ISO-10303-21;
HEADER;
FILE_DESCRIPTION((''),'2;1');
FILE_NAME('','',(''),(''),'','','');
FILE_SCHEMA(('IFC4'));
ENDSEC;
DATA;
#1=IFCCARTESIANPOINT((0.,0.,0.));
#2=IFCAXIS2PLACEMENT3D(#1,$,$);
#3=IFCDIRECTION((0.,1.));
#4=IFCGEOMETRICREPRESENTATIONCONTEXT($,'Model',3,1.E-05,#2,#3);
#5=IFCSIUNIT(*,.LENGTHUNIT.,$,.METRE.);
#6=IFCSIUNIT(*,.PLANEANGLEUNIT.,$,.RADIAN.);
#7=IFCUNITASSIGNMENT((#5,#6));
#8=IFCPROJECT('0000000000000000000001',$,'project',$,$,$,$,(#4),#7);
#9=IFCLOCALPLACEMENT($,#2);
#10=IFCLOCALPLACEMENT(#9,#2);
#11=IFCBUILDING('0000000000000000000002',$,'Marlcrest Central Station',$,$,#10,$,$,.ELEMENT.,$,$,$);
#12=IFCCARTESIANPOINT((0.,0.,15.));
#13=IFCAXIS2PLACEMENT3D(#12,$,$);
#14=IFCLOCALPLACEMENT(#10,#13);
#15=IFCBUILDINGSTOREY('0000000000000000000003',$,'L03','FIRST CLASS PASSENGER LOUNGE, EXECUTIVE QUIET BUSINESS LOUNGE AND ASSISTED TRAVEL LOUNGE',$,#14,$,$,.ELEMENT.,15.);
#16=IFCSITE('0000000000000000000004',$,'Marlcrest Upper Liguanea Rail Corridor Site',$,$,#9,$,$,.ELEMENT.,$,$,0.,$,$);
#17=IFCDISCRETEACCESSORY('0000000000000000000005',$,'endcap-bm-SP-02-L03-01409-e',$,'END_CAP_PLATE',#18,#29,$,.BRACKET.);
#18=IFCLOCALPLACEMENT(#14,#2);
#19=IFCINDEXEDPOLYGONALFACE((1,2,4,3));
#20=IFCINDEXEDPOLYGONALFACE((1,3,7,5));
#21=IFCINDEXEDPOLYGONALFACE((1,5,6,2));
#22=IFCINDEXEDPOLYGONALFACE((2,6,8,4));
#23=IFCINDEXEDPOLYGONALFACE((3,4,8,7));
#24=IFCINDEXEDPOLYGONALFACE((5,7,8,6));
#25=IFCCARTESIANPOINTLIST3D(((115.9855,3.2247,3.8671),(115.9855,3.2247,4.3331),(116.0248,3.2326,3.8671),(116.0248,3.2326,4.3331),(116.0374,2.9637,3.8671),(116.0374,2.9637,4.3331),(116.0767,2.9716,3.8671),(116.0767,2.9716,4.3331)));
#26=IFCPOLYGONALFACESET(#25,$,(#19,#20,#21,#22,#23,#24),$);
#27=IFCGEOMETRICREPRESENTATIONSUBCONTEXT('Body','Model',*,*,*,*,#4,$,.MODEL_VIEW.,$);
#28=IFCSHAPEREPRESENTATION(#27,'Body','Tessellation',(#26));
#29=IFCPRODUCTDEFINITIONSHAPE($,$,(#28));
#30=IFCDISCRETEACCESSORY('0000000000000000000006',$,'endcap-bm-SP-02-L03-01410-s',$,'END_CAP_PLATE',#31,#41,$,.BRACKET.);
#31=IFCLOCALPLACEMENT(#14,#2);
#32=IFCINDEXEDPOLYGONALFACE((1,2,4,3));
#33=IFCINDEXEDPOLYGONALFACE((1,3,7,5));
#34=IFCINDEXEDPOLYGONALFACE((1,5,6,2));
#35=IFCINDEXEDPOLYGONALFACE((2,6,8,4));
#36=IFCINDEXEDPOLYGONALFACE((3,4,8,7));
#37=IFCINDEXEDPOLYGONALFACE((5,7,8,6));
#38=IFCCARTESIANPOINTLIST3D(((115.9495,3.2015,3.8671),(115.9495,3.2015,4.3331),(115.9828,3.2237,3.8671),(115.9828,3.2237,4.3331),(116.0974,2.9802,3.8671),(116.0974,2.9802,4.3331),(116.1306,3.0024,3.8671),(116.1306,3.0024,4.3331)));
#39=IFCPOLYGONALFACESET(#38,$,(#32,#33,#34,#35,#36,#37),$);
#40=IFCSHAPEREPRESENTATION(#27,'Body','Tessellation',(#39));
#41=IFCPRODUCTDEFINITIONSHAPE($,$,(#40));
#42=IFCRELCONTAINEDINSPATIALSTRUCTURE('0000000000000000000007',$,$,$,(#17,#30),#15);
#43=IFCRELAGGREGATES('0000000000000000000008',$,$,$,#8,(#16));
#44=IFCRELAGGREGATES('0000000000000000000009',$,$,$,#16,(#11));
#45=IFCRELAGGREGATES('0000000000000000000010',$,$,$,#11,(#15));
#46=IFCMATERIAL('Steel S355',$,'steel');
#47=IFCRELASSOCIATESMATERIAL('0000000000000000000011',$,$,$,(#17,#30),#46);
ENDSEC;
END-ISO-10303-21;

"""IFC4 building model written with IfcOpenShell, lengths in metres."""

from ifc_helpers import new_model, si_unit, direction, frame, origin, origin_2d, place, context, subcontext, project, spatial, rectangle, extrude, material, element, save


model = new_model("IFC4")

# Units and contexts
model_context = context("Model", 3, precision=1e-05, world=origin(), true_north=direction((0.0, 1.0)))
body_context = subcontext(model_context, "Body", "Model", "MODEL_VIEW")
ifc_project = project(units=[si_unit("LENGTHUNIT", "METRE"), si_unit("PLANEANGLEUNIT", "RADIAN")], contexts=[model_context])

# Site, building, storey
site_placement = place(None, origin())
site = spatial("IfcSite", under=ifc_project, at=site_placement, Name="Marlcrest Upper Liguanea Rail Corridor Site", CompositionType="ELEMENT", RefElevation=0.0)
building_placement = place(site_placement, origin())
building = spatial("IfcBuilding", under=site, at=building_placement, Name="Marlcrest Central Station", CompositionType="ELEMENT")
storey_placement = place(building_placement, frame((0.0, 0.0, 15.0)))
storey = spatial("IfcBuildingStorey", under=building, at=storey_placement, Name="L03", Description="FIRST CLASS PASSENGER LOUNGE, EXECUTIVE QUIET BUSINESS LOUNGE AND ASSISTED TRAVEL LOUNGE", CompositionType="ELEMENT", Elevation=15.0)

# Shared definitions
ifc_material_1 = material(Name="Steel S355", Category="steel")

# Discrete accessories
for number, where, z_axis, x_axis, name in (
    (1, (116.0115, 3.0942, 4.1001), (0.980769, 0.195171, 0.0), (-0.195171, 0.980769, 0.0), "endcap-bm-SP-02-L03-01409-e"),
    (2, (116.0234, 3.0908, 4.1001), (0.831509, 0.555511, 0.0), (-0.555511, 0.831509, 0.0), "endcap-bm-SP-02-L03-01410-s"),
):
    element("IfcDiscreteAccessory", number, at=place(storey_placement, frame(where, z_axis=z_axis, x_axis=x_axis)), inside=storey, material=ifc_material_1, Name=name, ObjectType="END_CAP_PLATE", PredefinedType="BRACKET", context=body_context, shape_type="SweptSolid", body=[
        extrude(rectangle(XDim=0.2661, YDim=0.4661, at=origin_2d()), origin(), (0.0, 0.0, 1.0), 0.04),
    ])

save(model, "model.ifc")
